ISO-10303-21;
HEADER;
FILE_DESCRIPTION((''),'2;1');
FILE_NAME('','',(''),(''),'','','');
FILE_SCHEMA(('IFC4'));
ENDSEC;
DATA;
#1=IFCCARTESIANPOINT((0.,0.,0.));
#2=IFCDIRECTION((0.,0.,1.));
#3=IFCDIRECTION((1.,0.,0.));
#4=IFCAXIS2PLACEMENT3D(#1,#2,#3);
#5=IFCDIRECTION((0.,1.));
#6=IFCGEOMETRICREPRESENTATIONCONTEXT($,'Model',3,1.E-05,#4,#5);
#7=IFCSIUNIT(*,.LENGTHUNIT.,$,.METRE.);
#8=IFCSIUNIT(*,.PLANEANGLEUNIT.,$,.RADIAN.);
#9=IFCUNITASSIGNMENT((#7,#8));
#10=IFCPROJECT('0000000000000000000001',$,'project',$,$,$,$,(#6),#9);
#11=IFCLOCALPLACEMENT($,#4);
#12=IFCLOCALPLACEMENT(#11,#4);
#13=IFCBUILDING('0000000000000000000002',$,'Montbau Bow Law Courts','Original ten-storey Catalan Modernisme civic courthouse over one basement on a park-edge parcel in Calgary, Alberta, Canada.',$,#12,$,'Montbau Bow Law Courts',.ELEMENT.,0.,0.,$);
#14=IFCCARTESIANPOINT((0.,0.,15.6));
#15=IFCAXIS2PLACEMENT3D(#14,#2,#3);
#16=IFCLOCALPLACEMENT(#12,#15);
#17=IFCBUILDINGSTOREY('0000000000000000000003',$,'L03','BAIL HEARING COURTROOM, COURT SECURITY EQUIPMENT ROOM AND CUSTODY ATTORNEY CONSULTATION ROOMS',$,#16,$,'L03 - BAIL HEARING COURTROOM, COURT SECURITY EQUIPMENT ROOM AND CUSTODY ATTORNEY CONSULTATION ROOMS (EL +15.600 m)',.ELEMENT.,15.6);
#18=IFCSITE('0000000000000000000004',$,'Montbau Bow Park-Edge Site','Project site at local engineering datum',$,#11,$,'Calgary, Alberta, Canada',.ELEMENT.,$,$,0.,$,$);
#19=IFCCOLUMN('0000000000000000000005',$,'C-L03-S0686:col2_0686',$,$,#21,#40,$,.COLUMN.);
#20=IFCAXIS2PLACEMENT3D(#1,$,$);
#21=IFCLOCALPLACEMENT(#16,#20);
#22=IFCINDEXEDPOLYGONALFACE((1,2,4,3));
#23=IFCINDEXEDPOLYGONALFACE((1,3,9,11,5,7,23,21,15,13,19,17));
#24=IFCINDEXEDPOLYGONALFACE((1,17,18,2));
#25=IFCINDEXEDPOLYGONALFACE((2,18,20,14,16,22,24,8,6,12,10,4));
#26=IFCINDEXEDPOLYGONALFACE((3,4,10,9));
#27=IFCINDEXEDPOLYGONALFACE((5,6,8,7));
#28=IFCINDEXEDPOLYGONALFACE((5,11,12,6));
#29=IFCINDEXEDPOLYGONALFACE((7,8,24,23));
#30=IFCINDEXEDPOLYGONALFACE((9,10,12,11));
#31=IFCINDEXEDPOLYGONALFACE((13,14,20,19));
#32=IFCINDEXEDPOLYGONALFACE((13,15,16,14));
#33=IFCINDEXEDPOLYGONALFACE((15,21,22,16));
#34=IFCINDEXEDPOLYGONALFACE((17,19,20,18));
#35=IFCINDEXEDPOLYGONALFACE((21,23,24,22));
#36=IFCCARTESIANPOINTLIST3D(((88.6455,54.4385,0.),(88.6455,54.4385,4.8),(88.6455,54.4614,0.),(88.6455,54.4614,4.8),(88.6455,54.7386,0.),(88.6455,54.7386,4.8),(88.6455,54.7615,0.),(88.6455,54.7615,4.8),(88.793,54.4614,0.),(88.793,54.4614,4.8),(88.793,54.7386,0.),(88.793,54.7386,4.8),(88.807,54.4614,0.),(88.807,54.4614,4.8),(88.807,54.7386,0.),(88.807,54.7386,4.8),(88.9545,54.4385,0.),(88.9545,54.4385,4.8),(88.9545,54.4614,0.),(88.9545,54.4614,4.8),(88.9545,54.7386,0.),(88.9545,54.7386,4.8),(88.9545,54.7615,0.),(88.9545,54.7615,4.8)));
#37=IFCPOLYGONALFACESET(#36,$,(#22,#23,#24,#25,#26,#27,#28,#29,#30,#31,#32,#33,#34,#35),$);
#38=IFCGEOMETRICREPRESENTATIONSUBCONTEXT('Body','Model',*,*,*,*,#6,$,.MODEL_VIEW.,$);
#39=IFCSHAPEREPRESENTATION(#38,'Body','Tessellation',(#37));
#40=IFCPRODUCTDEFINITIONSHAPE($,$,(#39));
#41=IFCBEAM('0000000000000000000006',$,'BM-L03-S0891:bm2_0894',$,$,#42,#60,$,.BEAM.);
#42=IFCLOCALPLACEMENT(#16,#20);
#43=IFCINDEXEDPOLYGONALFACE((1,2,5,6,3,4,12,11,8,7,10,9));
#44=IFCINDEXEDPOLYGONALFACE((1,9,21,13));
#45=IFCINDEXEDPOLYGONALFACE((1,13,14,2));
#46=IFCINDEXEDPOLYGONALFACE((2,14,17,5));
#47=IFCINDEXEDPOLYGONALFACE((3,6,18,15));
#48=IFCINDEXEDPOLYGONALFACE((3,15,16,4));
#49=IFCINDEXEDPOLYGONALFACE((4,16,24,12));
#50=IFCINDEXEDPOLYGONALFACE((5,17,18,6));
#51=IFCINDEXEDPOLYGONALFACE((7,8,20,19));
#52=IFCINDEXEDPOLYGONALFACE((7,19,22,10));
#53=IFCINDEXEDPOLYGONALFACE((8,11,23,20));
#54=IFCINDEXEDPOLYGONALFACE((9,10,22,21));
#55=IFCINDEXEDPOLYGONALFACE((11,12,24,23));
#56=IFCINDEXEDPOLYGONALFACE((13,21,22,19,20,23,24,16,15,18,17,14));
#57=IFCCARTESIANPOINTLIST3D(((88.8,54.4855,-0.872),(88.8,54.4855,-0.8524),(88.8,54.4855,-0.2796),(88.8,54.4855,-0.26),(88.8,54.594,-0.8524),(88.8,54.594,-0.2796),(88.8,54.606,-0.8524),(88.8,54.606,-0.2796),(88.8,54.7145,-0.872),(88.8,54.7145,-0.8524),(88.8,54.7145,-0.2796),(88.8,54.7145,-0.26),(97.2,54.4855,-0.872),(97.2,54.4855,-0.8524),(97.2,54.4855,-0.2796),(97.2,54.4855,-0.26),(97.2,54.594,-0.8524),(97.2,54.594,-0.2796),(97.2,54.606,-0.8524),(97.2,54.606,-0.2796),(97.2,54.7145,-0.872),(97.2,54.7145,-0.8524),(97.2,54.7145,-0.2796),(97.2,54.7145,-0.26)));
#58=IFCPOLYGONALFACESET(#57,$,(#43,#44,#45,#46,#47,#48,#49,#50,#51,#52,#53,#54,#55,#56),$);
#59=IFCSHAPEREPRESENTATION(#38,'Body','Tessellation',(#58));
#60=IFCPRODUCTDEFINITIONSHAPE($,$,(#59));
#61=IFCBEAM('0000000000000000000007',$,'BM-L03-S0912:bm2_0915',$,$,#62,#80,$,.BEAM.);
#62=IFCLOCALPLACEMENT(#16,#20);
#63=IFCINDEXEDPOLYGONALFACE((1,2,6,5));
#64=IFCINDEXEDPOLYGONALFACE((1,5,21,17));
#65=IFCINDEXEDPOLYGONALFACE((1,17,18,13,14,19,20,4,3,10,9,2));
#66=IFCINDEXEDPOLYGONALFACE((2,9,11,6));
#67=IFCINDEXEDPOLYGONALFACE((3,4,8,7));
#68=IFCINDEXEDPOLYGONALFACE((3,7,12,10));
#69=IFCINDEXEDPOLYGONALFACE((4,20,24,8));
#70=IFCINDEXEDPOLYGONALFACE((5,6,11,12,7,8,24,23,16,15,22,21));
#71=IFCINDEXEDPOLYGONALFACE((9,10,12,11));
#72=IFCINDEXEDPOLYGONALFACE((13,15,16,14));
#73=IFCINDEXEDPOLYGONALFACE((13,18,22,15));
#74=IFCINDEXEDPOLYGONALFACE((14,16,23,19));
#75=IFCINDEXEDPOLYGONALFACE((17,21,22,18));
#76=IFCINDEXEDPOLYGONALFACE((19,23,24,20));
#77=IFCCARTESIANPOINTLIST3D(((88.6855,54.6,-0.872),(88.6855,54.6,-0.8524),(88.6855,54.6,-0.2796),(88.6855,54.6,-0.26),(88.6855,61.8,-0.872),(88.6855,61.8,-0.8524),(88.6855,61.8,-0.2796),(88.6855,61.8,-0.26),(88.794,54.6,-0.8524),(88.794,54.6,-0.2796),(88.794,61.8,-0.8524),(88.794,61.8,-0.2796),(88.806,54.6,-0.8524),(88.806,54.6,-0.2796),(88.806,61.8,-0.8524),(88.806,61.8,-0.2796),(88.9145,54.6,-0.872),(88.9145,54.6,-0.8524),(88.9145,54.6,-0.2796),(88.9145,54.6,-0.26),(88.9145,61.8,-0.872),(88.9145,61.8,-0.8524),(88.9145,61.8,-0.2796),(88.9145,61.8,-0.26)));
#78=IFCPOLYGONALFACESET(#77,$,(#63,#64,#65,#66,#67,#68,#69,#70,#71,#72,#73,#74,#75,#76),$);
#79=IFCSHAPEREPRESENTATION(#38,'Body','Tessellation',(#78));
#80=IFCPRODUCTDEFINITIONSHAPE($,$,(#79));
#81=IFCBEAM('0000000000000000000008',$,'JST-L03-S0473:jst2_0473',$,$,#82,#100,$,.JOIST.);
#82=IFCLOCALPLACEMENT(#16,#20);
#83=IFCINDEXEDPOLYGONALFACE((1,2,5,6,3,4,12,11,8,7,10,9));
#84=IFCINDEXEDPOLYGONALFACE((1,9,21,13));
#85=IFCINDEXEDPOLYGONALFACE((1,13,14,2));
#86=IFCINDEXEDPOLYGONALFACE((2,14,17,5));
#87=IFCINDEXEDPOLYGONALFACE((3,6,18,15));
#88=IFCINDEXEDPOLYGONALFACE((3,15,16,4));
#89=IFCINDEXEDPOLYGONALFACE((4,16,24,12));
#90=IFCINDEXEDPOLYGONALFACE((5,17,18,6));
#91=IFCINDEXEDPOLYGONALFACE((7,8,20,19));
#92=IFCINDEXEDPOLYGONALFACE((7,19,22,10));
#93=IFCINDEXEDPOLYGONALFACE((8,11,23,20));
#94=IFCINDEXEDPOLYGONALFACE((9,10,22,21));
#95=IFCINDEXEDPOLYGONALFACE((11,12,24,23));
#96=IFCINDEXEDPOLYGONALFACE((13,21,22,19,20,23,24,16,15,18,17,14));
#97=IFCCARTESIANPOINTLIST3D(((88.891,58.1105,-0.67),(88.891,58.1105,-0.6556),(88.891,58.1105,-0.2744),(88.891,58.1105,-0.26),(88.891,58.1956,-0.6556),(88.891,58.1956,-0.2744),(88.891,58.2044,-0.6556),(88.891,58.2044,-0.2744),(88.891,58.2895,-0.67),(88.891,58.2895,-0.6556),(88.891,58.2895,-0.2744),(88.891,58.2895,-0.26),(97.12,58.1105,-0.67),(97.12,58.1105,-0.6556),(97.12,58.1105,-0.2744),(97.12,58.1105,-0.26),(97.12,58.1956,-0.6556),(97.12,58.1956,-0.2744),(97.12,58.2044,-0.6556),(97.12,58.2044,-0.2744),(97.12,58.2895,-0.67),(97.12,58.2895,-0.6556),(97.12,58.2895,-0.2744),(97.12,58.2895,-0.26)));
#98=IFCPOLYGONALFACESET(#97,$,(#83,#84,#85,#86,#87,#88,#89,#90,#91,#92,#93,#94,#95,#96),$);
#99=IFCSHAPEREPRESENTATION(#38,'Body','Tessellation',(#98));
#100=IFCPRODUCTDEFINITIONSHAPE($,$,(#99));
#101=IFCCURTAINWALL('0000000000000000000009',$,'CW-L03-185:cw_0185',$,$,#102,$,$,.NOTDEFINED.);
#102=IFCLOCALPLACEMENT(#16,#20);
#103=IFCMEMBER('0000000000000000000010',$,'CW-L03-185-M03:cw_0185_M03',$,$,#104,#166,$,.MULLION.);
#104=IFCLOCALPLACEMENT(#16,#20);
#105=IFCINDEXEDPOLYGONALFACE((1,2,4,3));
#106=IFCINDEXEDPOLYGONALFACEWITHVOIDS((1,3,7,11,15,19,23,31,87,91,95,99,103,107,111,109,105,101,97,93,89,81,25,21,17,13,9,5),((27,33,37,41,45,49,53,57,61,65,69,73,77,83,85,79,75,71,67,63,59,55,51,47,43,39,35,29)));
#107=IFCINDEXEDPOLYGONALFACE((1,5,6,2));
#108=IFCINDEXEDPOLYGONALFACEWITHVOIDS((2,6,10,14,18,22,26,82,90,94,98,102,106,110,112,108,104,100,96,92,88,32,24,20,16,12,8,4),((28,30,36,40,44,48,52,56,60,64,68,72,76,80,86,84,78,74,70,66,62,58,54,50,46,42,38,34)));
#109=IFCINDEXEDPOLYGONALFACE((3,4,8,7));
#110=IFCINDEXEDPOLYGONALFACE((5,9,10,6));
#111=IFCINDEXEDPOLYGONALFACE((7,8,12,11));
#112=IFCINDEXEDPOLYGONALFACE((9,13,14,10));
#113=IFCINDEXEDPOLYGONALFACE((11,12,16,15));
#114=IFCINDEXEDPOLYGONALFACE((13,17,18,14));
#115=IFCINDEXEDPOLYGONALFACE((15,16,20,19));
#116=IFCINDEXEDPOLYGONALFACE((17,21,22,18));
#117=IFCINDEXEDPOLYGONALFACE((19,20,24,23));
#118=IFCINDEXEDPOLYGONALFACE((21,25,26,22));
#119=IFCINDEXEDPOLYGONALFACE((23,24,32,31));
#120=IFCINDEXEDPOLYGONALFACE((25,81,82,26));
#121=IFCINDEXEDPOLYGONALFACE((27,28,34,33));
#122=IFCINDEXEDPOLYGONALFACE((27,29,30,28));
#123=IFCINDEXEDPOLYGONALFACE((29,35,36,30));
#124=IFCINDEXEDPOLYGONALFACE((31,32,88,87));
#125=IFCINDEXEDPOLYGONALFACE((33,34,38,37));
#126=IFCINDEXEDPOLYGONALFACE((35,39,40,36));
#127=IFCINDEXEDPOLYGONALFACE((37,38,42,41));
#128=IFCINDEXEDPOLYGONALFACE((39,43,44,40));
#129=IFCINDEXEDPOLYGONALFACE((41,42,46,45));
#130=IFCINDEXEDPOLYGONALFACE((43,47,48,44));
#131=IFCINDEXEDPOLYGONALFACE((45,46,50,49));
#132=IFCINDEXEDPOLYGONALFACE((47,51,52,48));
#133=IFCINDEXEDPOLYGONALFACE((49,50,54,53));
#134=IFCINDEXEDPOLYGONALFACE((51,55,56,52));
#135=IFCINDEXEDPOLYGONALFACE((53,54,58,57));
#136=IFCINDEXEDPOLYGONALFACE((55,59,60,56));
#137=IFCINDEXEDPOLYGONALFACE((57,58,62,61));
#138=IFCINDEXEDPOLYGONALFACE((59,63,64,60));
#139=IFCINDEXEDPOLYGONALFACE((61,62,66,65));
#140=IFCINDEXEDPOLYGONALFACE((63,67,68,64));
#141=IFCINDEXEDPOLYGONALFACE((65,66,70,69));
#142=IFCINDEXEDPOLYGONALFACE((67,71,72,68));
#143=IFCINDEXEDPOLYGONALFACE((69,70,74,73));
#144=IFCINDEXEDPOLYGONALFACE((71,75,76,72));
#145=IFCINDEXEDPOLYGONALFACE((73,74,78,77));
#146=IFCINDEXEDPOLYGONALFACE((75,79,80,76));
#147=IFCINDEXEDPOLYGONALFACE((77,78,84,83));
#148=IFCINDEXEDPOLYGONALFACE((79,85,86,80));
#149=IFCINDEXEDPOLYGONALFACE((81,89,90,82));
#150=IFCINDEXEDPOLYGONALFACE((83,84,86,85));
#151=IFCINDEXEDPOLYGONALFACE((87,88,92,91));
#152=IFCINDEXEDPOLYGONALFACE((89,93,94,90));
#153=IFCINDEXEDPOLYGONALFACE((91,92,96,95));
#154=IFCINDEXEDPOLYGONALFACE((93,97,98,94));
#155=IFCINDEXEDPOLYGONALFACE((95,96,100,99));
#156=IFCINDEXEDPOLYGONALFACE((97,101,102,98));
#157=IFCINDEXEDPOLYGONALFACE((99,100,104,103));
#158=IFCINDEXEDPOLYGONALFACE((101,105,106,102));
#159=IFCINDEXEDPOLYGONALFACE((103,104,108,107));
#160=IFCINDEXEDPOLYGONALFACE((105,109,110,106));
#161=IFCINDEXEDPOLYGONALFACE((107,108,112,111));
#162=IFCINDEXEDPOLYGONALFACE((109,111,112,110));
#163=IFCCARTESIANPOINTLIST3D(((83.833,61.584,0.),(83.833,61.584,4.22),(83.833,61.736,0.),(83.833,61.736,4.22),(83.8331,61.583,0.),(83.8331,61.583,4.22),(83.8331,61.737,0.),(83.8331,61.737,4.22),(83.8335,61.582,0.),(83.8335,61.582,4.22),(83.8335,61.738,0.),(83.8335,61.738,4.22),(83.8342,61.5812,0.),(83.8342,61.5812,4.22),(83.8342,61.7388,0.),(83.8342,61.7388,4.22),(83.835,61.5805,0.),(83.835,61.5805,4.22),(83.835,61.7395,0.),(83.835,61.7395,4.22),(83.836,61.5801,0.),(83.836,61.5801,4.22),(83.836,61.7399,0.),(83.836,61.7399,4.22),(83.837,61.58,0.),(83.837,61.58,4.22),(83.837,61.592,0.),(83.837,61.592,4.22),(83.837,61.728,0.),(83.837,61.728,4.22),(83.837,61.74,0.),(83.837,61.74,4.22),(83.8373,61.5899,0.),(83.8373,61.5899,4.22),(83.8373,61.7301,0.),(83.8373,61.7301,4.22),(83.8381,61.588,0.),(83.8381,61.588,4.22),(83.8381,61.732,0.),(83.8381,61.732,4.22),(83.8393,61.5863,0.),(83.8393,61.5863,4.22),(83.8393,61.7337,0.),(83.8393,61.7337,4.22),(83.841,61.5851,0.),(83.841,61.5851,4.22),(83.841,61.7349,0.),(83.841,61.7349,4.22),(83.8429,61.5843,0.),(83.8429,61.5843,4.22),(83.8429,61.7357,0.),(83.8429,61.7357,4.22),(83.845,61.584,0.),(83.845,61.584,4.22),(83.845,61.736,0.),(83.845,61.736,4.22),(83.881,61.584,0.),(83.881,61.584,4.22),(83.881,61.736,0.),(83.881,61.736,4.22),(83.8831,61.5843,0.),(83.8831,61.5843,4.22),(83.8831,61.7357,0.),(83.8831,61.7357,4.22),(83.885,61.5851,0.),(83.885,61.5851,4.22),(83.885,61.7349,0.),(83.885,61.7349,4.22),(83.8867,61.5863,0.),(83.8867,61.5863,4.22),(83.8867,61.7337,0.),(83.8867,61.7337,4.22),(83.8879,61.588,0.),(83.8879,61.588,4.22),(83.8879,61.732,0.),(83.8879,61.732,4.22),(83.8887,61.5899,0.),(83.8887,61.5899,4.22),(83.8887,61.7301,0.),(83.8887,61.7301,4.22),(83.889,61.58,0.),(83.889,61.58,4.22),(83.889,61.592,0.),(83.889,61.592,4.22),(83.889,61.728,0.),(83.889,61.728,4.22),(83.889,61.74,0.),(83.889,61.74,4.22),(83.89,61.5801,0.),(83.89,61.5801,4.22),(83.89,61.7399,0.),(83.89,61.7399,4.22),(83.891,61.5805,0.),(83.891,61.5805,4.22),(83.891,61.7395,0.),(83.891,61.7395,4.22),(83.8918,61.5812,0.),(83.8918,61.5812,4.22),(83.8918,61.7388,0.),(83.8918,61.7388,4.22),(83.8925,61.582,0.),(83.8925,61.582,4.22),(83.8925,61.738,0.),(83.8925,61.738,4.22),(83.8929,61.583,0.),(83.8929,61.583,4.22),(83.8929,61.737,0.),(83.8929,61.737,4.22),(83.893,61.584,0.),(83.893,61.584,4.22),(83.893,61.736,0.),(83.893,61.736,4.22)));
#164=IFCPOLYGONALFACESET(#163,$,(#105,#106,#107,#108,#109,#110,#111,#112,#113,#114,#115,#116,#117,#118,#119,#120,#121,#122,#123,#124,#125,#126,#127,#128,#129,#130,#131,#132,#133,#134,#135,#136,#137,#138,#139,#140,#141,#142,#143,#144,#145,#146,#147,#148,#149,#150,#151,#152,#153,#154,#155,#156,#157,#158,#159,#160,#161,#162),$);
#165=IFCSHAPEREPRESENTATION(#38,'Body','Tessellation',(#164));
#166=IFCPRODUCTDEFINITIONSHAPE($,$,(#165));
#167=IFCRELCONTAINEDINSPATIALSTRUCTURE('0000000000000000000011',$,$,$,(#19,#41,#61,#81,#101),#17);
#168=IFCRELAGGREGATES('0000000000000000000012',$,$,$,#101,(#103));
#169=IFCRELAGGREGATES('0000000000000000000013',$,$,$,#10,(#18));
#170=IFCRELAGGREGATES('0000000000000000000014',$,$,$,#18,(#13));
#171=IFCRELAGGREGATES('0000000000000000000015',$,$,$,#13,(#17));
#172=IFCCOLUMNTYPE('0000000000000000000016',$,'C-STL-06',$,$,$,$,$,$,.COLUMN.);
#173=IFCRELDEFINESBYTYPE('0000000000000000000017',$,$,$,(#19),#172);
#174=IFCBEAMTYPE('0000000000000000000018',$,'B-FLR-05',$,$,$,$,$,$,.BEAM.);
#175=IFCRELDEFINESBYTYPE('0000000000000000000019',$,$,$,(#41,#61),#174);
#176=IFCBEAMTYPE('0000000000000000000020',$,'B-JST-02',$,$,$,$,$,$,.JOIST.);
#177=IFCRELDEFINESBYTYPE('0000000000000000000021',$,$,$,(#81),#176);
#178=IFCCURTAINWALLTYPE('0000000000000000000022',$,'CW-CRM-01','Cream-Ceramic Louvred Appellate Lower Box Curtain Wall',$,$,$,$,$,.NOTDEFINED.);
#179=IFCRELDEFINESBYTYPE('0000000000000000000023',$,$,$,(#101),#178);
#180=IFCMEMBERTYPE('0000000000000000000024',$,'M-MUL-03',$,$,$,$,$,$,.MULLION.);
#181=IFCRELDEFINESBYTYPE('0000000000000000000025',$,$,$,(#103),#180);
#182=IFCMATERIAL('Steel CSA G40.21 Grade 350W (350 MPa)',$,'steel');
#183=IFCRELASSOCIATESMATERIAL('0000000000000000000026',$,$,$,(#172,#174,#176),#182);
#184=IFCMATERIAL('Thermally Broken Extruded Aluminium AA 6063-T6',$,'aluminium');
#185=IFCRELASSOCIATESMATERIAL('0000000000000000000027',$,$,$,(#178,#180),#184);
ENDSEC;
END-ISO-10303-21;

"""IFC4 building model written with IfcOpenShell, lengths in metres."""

from ifc_helpers import new_model, si_unit, direction, frame, origin_with_axes, origin_2d_with_axis, place, context, subcontext, project, spatial, hollow_rectangle, i_section, extrude, material, material_profile, profile_set, type_object, element, aggregate, save


model = new_model("IFC4")

# Units and contexts
model_context = context("Model", 3, precision=1e-05, world=origin_with_axes(), true_north=direction((0.0, 1.0)))
body_context = subcontext(model_context, "Body", "Model", "MODEL_VIEW")
ifc_project = project(units=[si_unit("LENGTHUNIT", "METRE"), si_unit("PLANEANGLEUNIT", "RADIAN")], contexts=[model_context])

# Site, building, storey
site_placement = place(None, origin_with_axes())
site = spatial("IfcSite", under=ifc_project, at=site_placement, Name="Montbau Bow Park-Edge Site", Description="Project site at local engineering datum", LongName="Calgary, Alberta, Canada", CompositionType="ELEMENT", RefElevation=0.0)
building_placement = place(site_placement, origin_with_axes())
building = spatial("IfcBuilding", under=site, at=building_placement, Name="Montbau Bow Law Courts", Description="Original ten-storey Catalan Modernisme civic courthouse over one basement on a park-edge parcel in Calgary, Alberta, Canada.", LongName="Montbau Bow Law Courts", CompositionType="ELEMENT", ElevationOfRefHeight=0.0, ElevationOfTerrain=0.0)
storey_placement = place(building_placement, frame((0.0, 0.0, 15.6), z_axis=(0.0, 0.0, 1.0), x_axis=(1.0, 0.0, 0.0)))
storey = spatial("IfcBuildingStorey", under=building, at=storey_placement, Name="L03", Description="BAIL HEARING COURTROOM, COURT SECURITY EQUIPMENT ROOM AND CUSTODY ATTORNEY CONSULTATION ROOMS", LongName="L03 - BAIL HEARING COURTROOM, COURT SECURITY EQUIPMENT ROOM AND CUSTODY ATTORNEY CONSULTATION ROOMS (EL +15.600 m)", CompositionType="ELEMENT", Elevation=15.6)

# Column
ifc_material_1 = material(Name="Steel CSA G40.21 Grade 350W (350 MPa)", Category="steel")
ifc_material_profile_1 = material_profile(ifc_material_1, i_section(OverallWidth=0.309, OverallDepth=0.323, WebThickness=0.014, FlangeThickness=0.0229, at=origin_2d_with_axis()), Name="W310X143", Category="Main", Priority=0)
ifc_profile_set_1 = profile_set([ifc_material_profile_1], Name="Steel CSA G40.21 Grade 350W (350 MPa)")
column_type = type_object("IfcColumnType", Name="C-STL-06", PredefinedType="COLUMN", material=ifc_profile_set_1)
column_placement = place(None, frame((88.8, 54.6, 15.6), z_axis=(0.0, 0.0, 1.0), x_axis=(1.0, 0.0, 0.0)))
element("IfcColumn", 1, at=column_placement, inside=storey, type_object=column_type, Name="C-L03-S0686:col2_0686", PredefinedType="COLUMN", context=body_context, shape_type="SweptSolid", body=[
    extrude(i_section(OverallWidth=0.309, OverallDepth=0.323, WebThickness=0.014, FlangeThickness=0.0229, at=origin_2d_with_axis()), origin_with_axes(), (0.0, 0.0, 1.0), 4.8),
])

# Beams
ifc_material_profile_2 = material_profile(ifc_material_1, i_section(OverallWidth=0.229, OverallDepth=0.612, WebThickness=0.0119, FlangeThickness=0.0196, at=origin_2d_with_axis()), Name="W610X125", Category="Main", Priority=0)
ifc_profile_set_2 = profile_set([ifc_material_profile_2], Name="Steel CSA G40.21 Grade 350W (350 MPa)")
beam_type_1 = type_object("IfcBeamType", Name="B-FLR-05", PredefinedType="BEAM", material=ifc_profile_set_2)
beam_1_placement = place(None, frame((88.8, 54.6, 15.034), z_axis=(1.0, 0.0, 0.0), x_axis=(0.0, 1.0, 0.0)))
element("IfcBeam", 2, at=beam_1_placement, inside=storey, type_object=beam_type_1, Name="BM-L03-S0891:bm2_0894", PredefinedType="BEAM", context=body_context, shape_type="SweptSolid", body=[
    extrude(i_section(OverallWidth=0.229, OverallDepth=0.612, WebThickness=0.0119, FlangeThickness=0.0196, at=origin_2d_with_axis()), origin_with_axes(), (0.0, 0.0, 1.0), 8.4),
])
beam_2_placement = place(None, frame((88.8, 54.6, 15.034), z_axis=(0.0, 1.0, 0.0), x_axis=(-1.0, 0.0, 0.0)))
element("IfcBeam", 3, at=beam_2_placement, inside=storey, type_object=beam_type_1, Name="BM-L03-S0912:bm2_0915", PredefinedType="BEAM", context=body_context, shape_type="SweptSolid", body=[
    extrude(i_section(OverallWidth=0.229, OverallDepth=0.612, WebThickness=0.0119, FlangeThickness=0.0196, at=origin_2d_with_axis()), origin_with_axes(), (0.0, 0.0, 1.0), 7.2),
])
ifc_material_profile_3 = material_profile(ifc_material_1, i_section(OverallWidth=0.179, OverallDepth=0.41, WebThickness=0.0088, FlangeThickness=0.0144, at=origin_2d_with_axis()), Name="W410X67", Category="Main", Priority=0)
ifc_profile_set_3 = profile_set([ifc_material_profile_3], Name="Steel CSA G40.21 Grade 350W (350 MPa)")
beam_type_2 = type_object("IfcBeamType", Name="B-JST-02", PredefinedType="JOIST", material=ifc_profile_set_3)
beam_3_placement = place(None, frame((88.891, 58.2, 15.135), z_axis=(1.0, 0.0, 0.0), x_axis=(0.0, 1.0, 0.0)))
element("IfcBeam", 4, at=beam_3_placement, inside=storey, type_object=beam_type_2, Name="JST-L03-S0473:jst2_0473", PredefinedType="JOIST", context=body_context, shape_type="SweptSolid", body=[
    extrude(i_section(OverallWidth=0.179, OverallDepth=0.41, WebThickness=0.0088, FlangeThickness=0.0144, at=origin_2d_with_axis()), origin_with_axes(), (0.0, 0.0, 1.0), 8.229),
])

# Curtain wall, member
ifc_material_2 = material(Name="Thermally Broken Extruded Aluminium AA 6063-T6", Category="aluminium")
curtain_wall_type = type_object("IfcCurtainWallType", Name="CW-CRM-01", Description="Cream-Ceramic Louvred Appellate Lower Box Curtain Wall", PredefinedType="NOTDEFINED", material=ifc_material_2)
curtain_wall_placement = place(None, frame((80.915, 61.66, 15.6), z_axis=(0.0, 0.0, 1.0), x_axis=(1.0, 0.0, 0.0)))
curtain_wall = element("IfcCurtainWall", 5, at=curtain_wall_placement, inside=storey, type_object=curtain_wall_type, Name="CW-L03-185:cw_0185", PredefinedType="NOTDEFINED")
ifc_material_profile_4 = material_profile(ifc_material_2, hollow_rectangle(XDim=0.06, YDim=0.16, WallThickness=0.004, InnerFilletRadius=0.008, OuterFilletRadius=0.004, at=origin_2d_with_axis()), Name="CWM-160X60", Category="Main", Priority=0)
ifc_profile_set_4 = profile_set([ifc_material_profile_4], Name="Thermally Broken Extruded Aluminium AA 6063-T6")
member_type_1 = type_object("IfcMemberType", Name="M-MUL-03", PredefinedType="MULLION", material=ifc_profile_set_4)
member_1_placement = place(None, frame((83.863, 61.66, 15.6), z_axis=(0.0, 0.0, 1.0), x_axis=(1.0, 0.0, 0.0)))
member_1 = element("IfcMember", 6, at=member_1_placement, type_object=member_type_1, Name="CW-L03-185-M03:cw_0185_M03", PredefinedType="MULLION", context=body_context, shape_type="SweptSolid", body=[
    extrude(hollow_rectangle(XDim=0.06, YDim=0.16, WallThickness=0.004, InnerFilletRadius=0.008, OuterFilletRadius=0.004, at=origin_2d_with_axis()), origin_with_axes(), (0.0, 0.0, 1.0), 4.22),
])
aggregate(curtain_wall, [member_1])

save(model, "model.ifc")
